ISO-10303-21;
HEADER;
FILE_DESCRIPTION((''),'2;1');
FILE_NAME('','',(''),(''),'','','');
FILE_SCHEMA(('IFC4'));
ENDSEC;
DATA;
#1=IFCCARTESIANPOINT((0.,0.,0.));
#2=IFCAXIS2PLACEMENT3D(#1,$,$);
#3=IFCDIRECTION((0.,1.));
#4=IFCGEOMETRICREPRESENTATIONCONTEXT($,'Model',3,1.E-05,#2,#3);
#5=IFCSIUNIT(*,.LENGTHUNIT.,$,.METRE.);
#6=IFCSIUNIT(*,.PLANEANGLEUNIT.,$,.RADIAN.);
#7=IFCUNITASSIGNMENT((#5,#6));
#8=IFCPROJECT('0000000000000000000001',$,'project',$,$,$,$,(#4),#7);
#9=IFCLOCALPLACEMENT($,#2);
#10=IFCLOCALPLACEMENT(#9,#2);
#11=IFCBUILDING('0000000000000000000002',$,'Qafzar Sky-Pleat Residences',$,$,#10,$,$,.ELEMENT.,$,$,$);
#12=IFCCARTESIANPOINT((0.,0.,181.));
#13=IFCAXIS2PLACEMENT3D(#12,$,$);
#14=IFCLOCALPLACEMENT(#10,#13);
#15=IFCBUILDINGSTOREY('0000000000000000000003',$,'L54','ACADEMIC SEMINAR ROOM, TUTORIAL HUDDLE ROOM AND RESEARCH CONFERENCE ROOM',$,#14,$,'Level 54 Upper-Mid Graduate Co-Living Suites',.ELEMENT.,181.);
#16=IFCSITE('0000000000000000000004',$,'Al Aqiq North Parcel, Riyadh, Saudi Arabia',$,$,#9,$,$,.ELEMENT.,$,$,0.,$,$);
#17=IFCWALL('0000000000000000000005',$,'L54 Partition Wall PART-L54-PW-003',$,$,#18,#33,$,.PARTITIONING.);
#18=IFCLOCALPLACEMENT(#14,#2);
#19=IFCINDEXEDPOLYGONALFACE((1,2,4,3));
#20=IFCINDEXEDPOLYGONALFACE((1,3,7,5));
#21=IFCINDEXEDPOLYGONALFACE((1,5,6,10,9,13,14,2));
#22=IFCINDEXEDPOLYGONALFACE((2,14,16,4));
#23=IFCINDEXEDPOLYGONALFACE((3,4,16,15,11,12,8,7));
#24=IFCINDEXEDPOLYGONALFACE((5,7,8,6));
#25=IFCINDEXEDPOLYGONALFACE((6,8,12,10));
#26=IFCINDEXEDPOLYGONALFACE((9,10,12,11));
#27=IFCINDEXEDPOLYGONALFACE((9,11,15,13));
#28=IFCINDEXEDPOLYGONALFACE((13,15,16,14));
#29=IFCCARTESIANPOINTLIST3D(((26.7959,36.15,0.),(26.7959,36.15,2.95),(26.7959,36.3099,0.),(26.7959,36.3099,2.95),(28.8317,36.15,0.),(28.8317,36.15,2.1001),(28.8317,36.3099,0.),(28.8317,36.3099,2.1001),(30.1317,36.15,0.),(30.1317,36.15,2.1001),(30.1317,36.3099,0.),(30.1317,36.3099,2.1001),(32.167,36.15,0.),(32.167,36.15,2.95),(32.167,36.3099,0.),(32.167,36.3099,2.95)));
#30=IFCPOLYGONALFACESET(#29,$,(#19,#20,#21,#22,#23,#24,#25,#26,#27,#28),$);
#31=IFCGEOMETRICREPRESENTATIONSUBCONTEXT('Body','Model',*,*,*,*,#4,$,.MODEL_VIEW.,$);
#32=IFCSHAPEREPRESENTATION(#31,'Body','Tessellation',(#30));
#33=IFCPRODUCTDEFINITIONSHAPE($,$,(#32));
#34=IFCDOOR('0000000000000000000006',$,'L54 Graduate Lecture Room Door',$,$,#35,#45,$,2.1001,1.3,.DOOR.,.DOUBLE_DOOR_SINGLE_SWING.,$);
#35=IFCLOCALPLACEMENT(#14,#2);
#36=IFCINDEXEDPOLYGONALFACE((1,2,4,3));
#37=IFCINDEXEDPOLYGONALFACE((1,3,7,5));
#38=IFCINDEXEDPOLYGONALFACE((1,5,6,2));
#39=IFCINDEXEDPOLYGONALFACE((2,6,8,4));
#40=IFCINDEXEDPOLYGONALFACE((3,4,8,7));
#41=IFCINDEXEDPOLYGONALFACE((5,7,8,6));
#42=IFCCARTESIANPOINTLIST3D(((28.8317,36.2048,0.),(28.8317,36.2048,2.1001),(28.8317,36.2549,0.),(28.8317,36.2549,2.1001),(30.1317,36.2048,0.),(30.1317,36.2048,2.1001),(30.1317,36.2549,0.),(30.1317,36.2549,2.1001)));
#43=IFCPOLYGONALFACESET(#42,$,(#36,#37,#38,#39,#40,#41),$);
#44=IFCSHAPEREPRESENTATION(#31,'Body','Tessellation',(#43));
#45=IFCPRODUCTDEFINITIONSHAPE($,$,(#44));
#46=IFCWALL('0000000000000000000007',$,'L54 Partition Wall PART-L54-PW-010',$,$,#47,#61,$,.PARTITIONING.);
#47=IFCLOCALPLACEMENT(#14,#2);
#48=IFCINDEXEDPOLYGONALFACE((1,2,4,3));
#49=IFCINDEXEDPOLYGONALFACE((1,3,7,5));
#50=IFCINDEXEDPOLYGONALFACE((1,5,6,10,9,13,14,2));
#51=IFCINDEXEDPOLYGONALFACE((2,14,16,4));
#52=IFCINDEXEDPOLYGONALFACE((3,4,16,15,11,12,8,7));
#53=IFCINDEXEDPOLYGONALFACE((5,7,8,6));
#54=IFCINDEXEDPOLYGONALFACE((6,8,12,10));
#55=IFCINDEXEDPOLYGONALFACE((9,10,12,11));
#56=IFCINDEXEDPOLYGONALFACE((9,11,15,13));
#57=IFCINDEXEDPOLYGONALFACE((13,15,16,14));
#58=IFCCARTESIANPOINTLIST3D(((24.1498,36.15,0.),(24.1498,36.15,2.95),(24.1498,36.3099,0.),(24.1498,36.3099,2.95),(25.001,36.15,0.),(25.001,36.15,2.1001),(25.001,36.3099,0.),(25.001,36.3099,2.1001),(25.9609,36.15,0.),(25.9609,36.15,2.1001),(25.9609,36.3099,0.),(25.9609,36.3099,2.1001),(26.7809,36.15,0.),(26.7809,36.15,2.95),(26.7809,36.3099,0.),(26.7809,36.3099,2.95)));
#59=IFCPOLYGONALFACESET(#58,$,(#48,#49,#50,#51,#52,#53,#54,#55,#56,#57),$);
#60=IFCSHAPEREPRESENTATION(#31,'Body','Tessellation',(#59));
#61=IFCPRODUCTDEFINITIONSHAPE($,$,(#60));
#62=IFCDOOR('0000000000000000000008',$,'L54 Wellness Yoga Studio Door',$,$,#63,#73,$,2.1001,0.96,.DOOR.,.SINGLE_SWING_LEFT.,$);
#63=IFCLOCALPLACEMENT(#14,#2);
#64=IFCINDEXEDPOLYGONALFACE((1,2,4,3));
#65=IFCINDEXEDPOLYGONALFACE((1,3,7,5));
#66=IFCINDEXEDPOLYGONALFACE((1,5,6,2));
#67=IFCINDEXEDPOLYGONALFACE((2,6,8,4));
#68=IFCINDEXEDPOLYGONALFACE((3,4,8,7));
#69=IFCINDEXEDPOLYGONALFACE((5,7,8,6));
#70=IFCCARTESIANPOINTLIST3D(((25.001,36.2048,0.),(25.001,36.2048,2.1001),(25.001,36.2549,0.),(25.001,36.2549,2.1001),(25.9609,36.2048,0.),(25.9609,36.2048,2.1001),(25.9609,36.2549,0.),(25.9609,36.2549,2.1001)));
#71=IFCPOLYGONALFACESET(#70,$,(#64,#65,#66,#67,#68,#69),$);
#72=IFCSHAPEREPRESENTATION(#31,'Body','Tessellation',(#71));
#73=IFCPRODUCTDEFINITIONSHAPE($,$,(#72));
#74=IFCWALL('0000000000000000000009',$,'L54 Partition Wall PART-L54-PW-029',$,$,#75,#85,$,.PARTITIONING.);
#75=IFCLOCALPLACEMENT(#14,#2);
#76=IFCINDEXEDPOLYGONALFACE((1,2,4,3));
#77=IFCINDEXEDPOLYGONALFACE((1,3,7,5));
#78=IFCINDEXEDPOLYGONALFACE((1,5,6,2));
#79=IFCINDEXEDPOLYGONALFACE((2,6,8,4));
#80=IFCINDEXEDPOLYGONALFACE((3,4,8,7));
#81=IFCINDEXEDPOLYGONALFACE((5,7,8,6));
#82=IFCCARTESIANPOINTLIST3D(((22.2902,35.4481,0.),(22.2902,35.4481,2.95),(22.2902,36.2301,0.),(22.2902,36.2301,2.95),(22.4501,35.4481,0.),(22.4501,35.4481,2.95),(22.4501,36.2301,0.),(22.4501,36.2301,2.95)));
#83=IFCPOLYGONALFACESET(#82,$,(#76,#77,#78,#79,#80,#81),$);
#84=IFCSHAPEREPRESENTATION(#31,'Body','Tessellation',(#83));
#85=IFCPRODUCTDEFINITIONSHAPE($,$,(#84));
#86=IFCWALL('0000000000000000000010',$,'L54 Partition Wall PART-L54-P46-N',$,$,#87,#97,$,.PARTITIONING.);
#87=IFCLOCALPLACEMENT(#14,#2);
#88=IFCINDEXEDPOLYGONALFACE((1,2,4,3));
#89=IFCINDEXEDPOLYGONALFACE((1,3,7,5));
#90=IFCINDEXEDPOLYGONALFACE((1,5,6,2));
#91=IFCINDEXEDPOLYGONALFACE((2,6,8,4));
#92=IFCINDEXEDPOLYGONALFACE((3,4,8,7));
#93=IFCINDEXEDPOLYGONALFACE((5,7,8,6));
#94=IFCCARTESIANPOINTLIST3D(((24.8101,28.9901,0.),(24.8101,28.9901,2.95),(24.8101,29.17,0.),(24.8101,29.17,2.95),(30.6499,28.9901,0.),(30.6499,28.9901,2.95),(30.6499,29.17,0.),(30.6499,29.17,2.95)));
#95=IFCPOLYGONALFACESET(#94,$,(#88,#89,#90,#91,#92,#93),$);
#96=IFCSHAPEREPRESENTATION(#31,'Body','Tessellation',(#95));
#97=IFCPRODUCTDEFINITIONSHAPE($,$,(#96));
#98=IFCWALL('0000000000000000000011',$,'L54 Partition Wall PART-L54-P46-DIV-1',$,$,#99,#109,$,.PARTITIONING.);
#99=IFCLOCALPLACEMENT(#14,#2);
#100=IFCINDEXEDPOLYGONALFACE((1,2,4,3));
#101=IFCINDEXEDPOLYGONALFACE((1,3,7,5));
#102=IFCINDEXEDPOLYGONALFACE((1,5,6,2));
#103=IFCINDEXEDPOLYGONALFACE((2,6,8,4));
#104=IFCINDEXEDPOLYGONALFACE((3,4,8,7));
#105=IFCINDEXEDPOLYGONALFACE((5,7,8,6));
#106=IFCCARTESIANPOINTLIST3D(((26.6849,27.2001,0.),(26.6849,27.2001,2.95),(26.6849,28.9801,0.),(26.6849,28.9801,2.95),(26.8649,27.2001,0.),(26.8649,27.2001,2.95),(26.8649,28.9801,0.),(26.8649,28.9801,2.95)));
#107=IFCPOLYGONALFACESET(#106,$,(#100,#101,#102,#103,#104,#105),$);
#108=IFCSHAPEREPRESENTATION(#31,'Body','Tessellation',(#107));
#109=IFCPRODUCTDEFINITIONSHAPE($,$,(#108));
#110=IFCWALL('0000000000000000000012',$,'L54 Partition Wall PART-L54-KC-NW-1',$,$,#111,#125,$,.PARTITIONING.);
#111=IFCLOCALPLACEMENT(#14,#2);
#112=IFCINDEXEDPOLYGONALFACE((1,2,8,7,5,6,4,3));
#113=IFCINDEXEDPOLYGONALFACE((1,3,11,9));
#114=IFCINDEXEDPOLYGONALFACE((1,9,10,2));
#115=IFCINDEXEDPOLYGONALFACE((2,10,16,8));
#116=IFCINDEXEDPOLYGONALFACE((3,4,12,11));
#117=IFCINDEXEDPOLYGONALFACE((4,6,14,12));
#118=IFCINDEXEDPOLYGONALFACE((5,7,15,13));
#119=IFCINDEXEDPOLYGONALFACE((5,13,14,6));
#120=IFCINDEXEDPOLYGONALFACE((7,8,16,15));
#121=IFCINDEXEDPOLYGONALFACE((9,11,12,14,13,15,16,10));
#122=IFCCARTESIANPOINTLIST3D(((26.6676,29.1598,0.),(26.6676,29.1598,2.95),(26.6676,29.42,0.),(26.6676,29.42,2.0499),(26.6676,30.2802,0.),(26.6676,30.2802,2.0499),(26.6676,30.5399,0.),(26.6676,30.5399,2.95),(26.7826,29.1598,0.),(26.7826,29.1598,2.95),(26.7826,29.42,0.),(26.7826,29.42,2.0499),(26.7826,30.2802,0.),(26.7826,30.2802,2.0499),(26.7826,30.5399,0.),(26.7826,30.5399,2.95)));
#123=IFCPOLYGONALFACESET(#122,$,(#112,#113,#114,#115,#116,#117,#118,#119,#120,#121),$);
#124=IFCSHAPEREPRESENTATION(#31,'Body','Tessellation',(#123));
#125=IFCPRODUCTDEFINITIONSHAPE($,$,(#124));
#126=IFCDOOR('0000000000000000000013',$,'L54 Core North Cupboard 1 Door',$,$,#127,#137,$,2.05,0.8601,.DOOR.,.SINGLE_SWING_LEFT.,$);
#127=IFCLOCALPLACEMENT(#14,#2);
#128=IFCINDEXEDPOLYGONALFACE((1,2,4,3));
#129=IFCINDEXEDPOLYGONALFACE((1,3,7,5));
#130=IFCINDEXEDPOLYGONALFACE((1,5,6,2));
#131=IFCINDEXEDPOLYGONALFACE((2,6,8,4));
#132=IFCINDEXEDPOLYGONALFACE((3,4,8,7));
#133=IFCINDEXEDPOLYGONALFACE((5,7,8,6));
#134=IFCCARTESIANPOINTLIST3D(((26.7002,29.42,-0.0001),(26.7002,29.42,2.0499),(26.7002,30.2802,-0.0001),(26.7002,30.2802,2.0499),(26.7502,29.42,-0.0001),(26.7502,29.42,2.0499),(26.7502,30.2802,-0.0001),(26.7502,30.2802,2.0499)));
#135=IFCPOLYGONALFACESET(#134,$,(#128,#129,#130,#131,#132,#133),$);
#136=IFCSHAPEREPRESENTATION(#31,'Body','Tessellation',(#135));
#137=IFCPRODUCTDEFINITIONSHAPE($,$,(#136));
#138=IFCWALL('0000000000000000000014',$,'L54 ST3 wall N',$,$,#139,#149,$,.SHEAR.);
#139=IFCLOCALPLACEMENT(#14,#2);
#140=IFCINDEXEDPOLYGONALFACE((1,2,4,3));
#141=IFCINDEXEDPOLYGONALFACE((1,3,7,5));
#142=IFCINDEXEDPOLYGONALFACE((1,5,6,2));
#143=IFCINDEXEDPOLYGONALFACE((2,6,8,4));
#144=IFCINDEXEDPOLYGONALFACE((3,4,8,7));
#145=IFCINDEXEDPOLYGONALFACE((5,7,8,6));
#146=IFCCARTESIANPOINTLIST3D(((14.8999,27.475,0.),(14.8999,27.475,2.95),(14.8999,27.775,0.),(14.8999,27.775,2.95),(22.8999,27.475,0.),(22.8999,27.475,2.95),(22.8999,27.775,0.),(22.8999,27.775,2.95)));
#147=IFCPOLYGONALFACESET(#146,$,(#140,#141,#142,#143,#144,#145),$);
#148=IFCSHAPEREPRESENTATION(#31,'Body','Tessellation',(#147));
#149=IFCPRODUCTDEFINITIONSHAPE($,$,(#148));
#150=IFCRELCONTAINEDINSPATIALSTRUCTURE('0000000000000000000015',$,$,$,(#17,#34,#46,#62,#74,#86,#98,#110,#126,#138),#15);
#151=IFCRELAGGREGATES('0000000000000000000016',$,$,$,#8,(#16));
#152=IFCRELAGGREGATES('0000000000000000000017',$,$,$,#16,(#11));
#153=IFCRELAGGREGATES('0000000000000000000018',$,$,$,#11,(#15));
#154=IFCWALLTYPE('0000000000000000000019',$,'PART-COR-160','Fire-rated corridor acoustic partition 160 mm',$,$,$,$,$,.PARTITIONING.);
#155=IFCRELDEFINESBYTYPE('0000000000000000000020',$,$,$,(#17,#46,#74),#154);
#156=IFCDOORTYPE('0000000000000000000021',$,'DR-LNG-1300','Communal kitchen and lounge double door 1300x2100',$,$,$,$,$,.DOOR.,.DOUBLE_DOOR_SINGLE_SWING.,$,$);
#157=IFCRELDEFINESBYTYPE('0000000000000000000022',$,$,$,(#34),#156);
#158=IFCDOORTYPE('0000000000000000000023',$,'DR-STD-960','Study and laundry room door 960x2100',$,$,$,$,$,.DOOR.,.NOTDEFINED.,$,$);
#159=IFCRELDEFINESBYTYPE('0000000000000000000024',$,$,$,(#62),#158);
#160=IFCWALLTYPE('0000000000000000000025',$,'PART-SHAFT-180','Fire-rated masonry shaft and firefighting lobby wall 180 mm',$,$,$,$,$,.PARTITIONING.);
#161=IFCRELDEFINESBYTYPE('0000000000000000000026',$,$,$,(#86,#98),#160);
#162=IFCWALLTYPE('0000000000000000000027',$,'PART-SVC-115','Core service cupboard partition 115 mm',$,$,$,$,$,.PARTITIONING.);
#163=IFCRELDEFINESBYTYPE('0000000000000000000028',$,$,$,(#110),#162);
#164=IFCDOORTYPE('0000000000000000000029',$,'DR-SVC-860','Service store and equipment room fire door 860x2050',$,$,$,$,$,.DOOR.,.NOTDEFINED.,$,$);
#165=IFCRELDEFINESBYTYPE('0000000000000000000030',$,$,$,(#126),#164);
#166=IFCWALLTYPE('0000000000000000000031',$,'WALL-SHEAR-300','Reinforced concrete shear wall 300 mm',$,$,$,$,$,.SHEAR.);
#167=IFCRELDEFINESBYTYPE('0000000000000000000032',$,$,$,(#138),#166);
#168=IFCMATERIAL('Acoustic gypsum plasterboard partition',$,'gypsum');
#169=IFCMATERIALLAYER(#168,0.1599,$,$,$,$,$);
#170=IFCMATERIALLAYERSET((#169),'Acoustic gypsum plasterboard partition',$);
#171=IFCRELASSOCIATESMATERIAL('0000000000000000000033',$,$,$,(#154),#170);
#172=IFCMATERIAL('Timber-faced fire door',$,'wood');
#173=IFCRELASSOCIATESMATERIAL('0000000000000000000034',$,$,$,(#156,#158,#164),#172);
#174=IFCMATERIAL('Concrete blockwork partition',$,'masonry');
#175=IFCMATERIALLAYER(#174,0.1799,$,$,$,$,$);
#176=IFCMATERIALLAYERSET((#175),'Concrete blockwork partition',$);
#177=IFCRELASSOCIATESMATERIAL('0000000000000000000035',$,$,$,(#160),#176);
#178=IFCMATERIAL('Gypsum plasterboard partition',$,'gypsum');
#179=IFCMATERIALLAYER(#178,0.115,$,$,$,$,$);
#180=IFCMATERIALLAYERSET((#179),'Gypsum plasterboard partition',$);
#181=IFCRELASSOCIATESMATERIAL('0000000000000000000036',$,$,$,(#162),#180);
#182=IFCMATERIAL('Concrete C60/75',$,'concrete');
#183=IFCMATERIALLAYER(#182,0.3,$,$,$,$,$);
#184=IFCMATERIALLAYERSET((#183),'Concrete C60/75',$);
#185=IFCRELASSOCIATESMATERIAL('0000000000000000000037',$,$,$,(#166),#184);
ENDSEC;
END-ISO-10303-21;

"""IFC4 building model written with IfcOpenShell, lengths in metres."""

from ifc_helpers import new_model, si_unit, direction, frame, frame_2d, origin, place, context, subcontext, project, spatial, rectangle, extrude, source, transform, mapped, material, layer, layer_set, type_object, element, fill, save


model = new_model("IFC4")

# Units and contexts
model_context = context("Model", 3, precision=1e-05, world=origin(), true_north=direction((0.0, 1.0)))
body_context = subcontext(model_context, "Body", "Model", "MODEL_VIEW")
ifc_project = project(units=[si_unit("LENGTHUNIT", "METRE"), si_unit("PLANEANGLEUNIT", "RADIAN")], contexts=[model_context])

# Site, building, storey
site_placement = place(None, origin())
site = spatial("IfcSite", under=ifc_project, at=site_placement, Name="Al Aqiq North Parcel, Riyadh, Saudi Arabia", CompositionType="ELEMENT", RefElevation=0.0)
building_placement = place(site_placement, origin())
building = spatial("IfcBuilding", under=site, at=building_placement, Name="Qafzar Sky-Pleat Residences", CompositionType="ELEMENT")
storey_placement = place(building_placement, frame((0.0, 0.0, 181.0)))
storey = spatial("IfcBuildingStorey", under=building, at=storey_placement, Name="L54", Description="ACADEMIC SEMINAR ROOM, TUTORIAL HUDDLE ROOM AND RESEARCH CONFERENCE ROOM", LongName="Level 54 Upper-Mid Graduate Co-Living Suites", CompositionType="ELEMENT", Elevation=181.0)

# Walls, openings, doors
ifc_material_1 = material(Name="Acoustic gypsum plasterboard partition", Category="gypsum")
ifc_layer_1 = layer(ifc_material_1, 0.1599)
ifc_layer_set_1 = layer_set([ifc_layer_1], Name="Acoustic gypsum plasterboard partition")
wall_type_1 = type_object("IfcWallType", Name="PART-COR-160", Description="Fire-rated corridor acoustic partition 160 mm", PredefinedType="PARTITIONING", material=ifc_layer_set_1)
wall_1_placement = place(storey_placement, frame((26.7959, 36.23, 0.0), z_axis=(0.0, 0.0, 1.0), x_axis=(1.0, 0.0, 0.0)))
wall_1 = element("IfcWall", 1, at=wall_1_placement, inside=storey, type_object=wall_type_1, Name="L54 Partition Wall PART-L54-PW-003", PredefinedType="PARTITIONING", context=body_context, shape_type="SweptSolid", body=[
    extrude(rectangle(XDim=5.3711, YDim=0.1599, at=frame_2d((2.6855, 0.0))), origin(), (0.0, 0.0, 1.0), 2.95),
])
opening_1_placement = place(wall_1_placement, frame((2.0359, 0.0, 0.0)))
opening_1 = element("IfcOpeningElement", 2, at=opening_1_placement, cuts=wall_1, PredefinedType="OPENING", context=body_context, shape_type="SweptSolid", body=[
    extrude(rectangle(XDim=1.3, YDim=2.1001, at=frame_2d((0.6499, 1.05))), frame((0.0, 0.0898, 0.0), z_axis=(0.0, -1.0, 0.0), x_axis=(1.0, 0.0, 0.0)), (0.0, 0.0, 1.0), 0.1799),
])
ifc_material_2 = material(Name="Timber-faced fire door", Category="wood")
door_type_1 = type_object("IfcDoorType", Name="DR-LNG-1300", Description="Communal kitchen and lounge double door 1300x2100", OperationType="DOUBLE_DOOR_SINGLE_SWING", PredefinedType="DOOR", material=ifc_material_2)
shared_shape_1 = source(origin(), body_context, "Body", "SweptSolid", [
    extrude(rectangle(XDim=1.3, YDim=2.1001, at=frame_2d((0.6499, 1.05))), frame((0.0, 0.0249, 0.0), z_axis=(0.0, -1.0, 0.0), x_axis=(1.0, 0.0, 0.0)), (0.0, 0.0, 1.0), 0.05),
])
door_1_placement = place(opening_1_placement, origin())
door_1 = element("IfcDoor", 3, at=door_1_placement, inside=storey, type_object=door_type_1, Name="L54 Graduate Lecture Room Door", OperationType="DOUBLE_DOOR_SINGLE_SWING", OverallHeight=2.1001, OverallWidth=1.3, PredefinedType="DOOR", context=body_context, shape_type="MappedRepresentation", body=[
    mapped(shared_shape_1, transform((0.0, 0.0, 0.0), x_axis=(1.0, 0.0, 0.0), y_axis=(0.0, 1.0, 0.0), z_axis=(0.0, 0.0, 1.0), scale=1.0)),
])
fill(opening_1, door_1)
wall_2_placement = place(storey_placement, frame((24.1499, 36.23, 0.0), z_axis=(0.0, 0.0, 1.0), x_axis=(1.0, 0.0, 0.0)))
wall_2 = element("IfcWall", 4, at=wall_2_placement, inside=storey, type_object=wall_type_1, Name="L54 Partition Wall PART-L54-PW-010", PredefinedType="PARTITIONING", context=body_context, shape_type="SweptSolid", body=[
    extrude(rectangle(XDim=2.6311, YDim=0.1599, at=frame_2d((1.3154, 0.0))), origin(), (0.0, 0.0, 1.0), 2.95),
])
opening_2_placement = place(wall_2_placement, frame((0.8511, 0.0, 0.0)))
opening_2 = element("IfcOpeningElement", 5, at=opening_2_placement, cuts=wall_2, PredefinedType="OPENING", context=body_context, shape_type="SweptSolid", body=[
    extrude(rectangle(XDim=0.96, YDim=2.1001, at=frame_2d((0.48, 1.05))), frame((0.0, 0.0898, 0.0), z_axis=(0.0, -1.0, 0.0), x_axis=(1.0, 0.0, 0.0)), (0.0, 0.0, 1.0), 0.1799),
])
door_type_2 = type_object("IfcDoorType", Name="DR-STD-960", Description="Study and laundry room door 960x2100", OperationType="NOTDEFINED", PredefinedType="DOOR", material=ifc_material_2)
shared_shape_2 = source(origin(), body_context, "Body", "SweptSolid", [
    extrude(rectangle(XDim=0.96, YDim=2.1001, at=frame_2d((0.48, 1.05))), frame((0.0, 0.0249, 0.0), z_axis=(0.0, -1.0, 0.0), x_axis=(1.0, 0.0, 0.0)), (0.0, 0.0, 1.0), 0.05),
])
door_2_placement = place(opening_2_placement, origin())
door_2 = element("IfcDoor", 6, at=door_2_placement, inside=storey, type_object=door_type_2, Name="L54 Wellness Yoga Studio Door", OperationType="SINGLE_SWING_LEFT", OverallHeight=2.1001, OverallWidth=0.96, PredefinedType="DOOR", context=body_context, shape_type="MappedRepresentation", body=[
    mapped(shared_shape_2, transform((0.0, 0.0, 0.0), x_axis=(1.0, 0.0, 0.0), y_axis=(0.0, 1.0, 0.0), z_axis=(0.0, 0.0, 1.0), scale=1.0)),
])
fill(opening_2, door_2)

# Walls
wall_3_placement = place(storey_placement, frame((22.3701, 35.448, 0.0), z_axis=(0.0, 0.0, 1.0), x_axis=(0.0, 1.0, 0.0)))
element("IfcWall", 7, at=wall_3_placement, inside=storey, type_object=wall_type_1, Name="L54 Partition Wall PART-L54-PW-029", PredefinedType="PARTITIONING", context=body_context, shape_type="SweptSolid", body=[
    extrude(rectangle(XDim=0.782, YDim=0.1599, at=frame_2d((0.3911, 0.0))), origin(), (0.0, 0.0, 1.0), 2.95),
])
ifc_material_3 = material(Name="Concrete blockwork partition", Category="masonry")
ifc_layer_2 = layer(ifc_material_3, 0.1799)
ifc_layer_set_2 = layer_set([ifc_layer_2], Name="Concrete blockwork partition")
wall_type_2 = type_object("IfcWallType", Name="PART-SHAFT-180", Description="Fire-rated masonry shaft and firefighting lobby wall 180 mm", PredefinedType="PARTITIONING", material=ifc_layer_set_2)
wall_4_placement = place(storey_placement, frame((24.8101, 29.0801, 0.0), z_axis=(0.0, 0.0, 1.0), x_axis=(1.0, 0.0, 0.0)))
element("IfcWall", 8, at=wall_4_placement, inside=storey, type_object=wall_type_2, Name="L54 Partition Wall PART-L54-P46-N", PredefinedType="PARTITIONING", context=body_context, shape_type="SweptSolid", body=[
    extrude(rectangle(XDim=5.8398, YDim=0.1799, at=frame_2d((2.9199, 0.0))), origin(), (0.0, 0.0, 1.0), 2.95),
])

# Wall
wall_5_placement = place(storey_placement, frame((26.7749, 27.2, 0.0), z_axis=(0.0, 0.0, 1.0), x_axis=(0.0, 1.0, 0.0)))
element("IfcWall", 9, at=wall_5_placement, inside=storey, type_object=wall_type_2, Name="L54 Partition Wall PART-L54-P46-DIV-1", PredefinedType="PARTITIONING", context=body_context, shape_type="SweptSolid", body=[
    extrude(rectangle(XDim=1.78, YDim=0.1799, at=frame_2d((0.8901, 0.0))), origin(), (0.0, 0.0, 1.0), 2.95),
])

# Wall, opening, door
ifc_material_4 = material(Name="Gypsum plasterboard partition", Category="gypsum")
ifc_layer_3 = layer(ifc_material_4, 0.115)
ifc_layer_set_3 = layer_set([ifc_layer_3], Name="Gypsum plasterboard partition")
wall_type_3 = type_object("IfcWallType", Name="PART-SVC-115", Description="Core service cupboard partition 115 mm", PredefinedType="PARTITIONING", material=ifc_layer_set_3)
wall_6_placement = place(storey_placement, frame((26.7251, 29.1599, 0.0), z_axis=(0.0, 0.0, 1.0), x_axis=(0.0, 1.0, 0.0)))
wall_6 = element("IfcWall", 10, at=wall_6_placement, inside=storey, type_object=wall_type_3, Name="L54 Partition Wall PART-L54-KC-NW-1", PredefinedType="PARTITIONING", context=body_context, shape_type="SweptSolid", body=[
    extrude(rectangle(XDim=1.3801, YDim=0.115, at=frame_2d((0.6899, 0.0))), origin(), (0.0, 0.0, 1.0), 2.95),
])
opening_3_placement = place(wall_6_placement, frame((0.26, 0.0, 0.0)))
opening_3 = element("IfcOpeningElement", 11, at=opening_3_placement, cuts=wall_6, PredefinedType="OPENING", context=body_context, shape_type="SweptSolid", body=[
    extrude(rectangle(XDim=0.8601, YDim=2.05, at=frame_2d((0.4302, 1.0249))), frame((0.0, 0.0674, 0.0), z_axis=(0.0, -1.0, 0.0), x_axis=(1.0, 0.0, 0.0)), (0.0, 0.0, 1.0), 0.135),
])
door_type_3 = type_object("IfcDoorType", Name="DR-SVC-860", Description="Service store and equipment room fire door 860x2050", OperationType="NOTDEFINED", PredefinedType="DOOR", material=ifc_material_2)
shared_shape_3 = source(origin(), body_context, "Body", "SweptSolid", [
    extrude(rectangle(XDim=0.8601, YDim=2.05, at=frame_2d((0.4302, 1.0249))), frame((0.0, 0.0249, 0.0), z_axis=(0.0, -1.0, 0.0), x_axis=(1.0, 0.0, 0.0)), (0.0, 0.0, 1.0), 0.05),
])
door_3_placement = place(opening_3_placement, origin())
door_3 = element("IfcDoor", 12, at=door_3_placement, inside=storey, type_object=door_type_3, Name="L54 Core North Cupboard 1 Door", OperationType="SINGLE_SWING_LEFT", OverallHeight=2.05, OverallWidth=0.8601, PredefinedType="DOOR", context=body_context, shape_type="MappedRepresentation", body=[
    mapped(shared_shape_3, transform((0.0, 0.0, 0.0), x_axis=(1.0, 0.0, 0.0), y_axis=(0.0, 1.0, 0.0), z_axis=(0.0, 0.0, 1.0), scale=1.0)),
])
fill(opening_3, door_3)

# Shared definitions
ifc_material_5 = material(Name="Concrete C60/75", Category="concrete")
ifc_layer_4 = layer(ifc_material_5, 0.3)
ifc_layer_set_4 = layer_set([ifc_layer_4], Name="Concrete C60/75")
wall_type_4 = type_object("IfcWallType", Name="WALL-SHEAR-300", Description="Reinforced concrete shear wall 300 mm", PredefinedType="SHEAR", material=ifc_layer_set_4)

# Wall
wall_7_placement = place(storey_placement, frame((22.8999, 27.625, 0.0), z_axis=(0.0, 0.0, 1.0), x_axis=(-1.0, 0.0, 0.0)))
element("IfcWall", 13, at=wall_7_placement, inside=storey, type_object=wall_type_4, Name="L54 ST3 wall N", PredefinedType="SHEAR", context=body_context, shape_type="SweptSolid", body=[
    extrude(rectangle(XDim=8.0, YDim=0.3, at=frame_2d((4.0, 0.0))), origin(), (0.0, 0.0, 1.0), 2.95),
])

save(model, "model.ifc")
